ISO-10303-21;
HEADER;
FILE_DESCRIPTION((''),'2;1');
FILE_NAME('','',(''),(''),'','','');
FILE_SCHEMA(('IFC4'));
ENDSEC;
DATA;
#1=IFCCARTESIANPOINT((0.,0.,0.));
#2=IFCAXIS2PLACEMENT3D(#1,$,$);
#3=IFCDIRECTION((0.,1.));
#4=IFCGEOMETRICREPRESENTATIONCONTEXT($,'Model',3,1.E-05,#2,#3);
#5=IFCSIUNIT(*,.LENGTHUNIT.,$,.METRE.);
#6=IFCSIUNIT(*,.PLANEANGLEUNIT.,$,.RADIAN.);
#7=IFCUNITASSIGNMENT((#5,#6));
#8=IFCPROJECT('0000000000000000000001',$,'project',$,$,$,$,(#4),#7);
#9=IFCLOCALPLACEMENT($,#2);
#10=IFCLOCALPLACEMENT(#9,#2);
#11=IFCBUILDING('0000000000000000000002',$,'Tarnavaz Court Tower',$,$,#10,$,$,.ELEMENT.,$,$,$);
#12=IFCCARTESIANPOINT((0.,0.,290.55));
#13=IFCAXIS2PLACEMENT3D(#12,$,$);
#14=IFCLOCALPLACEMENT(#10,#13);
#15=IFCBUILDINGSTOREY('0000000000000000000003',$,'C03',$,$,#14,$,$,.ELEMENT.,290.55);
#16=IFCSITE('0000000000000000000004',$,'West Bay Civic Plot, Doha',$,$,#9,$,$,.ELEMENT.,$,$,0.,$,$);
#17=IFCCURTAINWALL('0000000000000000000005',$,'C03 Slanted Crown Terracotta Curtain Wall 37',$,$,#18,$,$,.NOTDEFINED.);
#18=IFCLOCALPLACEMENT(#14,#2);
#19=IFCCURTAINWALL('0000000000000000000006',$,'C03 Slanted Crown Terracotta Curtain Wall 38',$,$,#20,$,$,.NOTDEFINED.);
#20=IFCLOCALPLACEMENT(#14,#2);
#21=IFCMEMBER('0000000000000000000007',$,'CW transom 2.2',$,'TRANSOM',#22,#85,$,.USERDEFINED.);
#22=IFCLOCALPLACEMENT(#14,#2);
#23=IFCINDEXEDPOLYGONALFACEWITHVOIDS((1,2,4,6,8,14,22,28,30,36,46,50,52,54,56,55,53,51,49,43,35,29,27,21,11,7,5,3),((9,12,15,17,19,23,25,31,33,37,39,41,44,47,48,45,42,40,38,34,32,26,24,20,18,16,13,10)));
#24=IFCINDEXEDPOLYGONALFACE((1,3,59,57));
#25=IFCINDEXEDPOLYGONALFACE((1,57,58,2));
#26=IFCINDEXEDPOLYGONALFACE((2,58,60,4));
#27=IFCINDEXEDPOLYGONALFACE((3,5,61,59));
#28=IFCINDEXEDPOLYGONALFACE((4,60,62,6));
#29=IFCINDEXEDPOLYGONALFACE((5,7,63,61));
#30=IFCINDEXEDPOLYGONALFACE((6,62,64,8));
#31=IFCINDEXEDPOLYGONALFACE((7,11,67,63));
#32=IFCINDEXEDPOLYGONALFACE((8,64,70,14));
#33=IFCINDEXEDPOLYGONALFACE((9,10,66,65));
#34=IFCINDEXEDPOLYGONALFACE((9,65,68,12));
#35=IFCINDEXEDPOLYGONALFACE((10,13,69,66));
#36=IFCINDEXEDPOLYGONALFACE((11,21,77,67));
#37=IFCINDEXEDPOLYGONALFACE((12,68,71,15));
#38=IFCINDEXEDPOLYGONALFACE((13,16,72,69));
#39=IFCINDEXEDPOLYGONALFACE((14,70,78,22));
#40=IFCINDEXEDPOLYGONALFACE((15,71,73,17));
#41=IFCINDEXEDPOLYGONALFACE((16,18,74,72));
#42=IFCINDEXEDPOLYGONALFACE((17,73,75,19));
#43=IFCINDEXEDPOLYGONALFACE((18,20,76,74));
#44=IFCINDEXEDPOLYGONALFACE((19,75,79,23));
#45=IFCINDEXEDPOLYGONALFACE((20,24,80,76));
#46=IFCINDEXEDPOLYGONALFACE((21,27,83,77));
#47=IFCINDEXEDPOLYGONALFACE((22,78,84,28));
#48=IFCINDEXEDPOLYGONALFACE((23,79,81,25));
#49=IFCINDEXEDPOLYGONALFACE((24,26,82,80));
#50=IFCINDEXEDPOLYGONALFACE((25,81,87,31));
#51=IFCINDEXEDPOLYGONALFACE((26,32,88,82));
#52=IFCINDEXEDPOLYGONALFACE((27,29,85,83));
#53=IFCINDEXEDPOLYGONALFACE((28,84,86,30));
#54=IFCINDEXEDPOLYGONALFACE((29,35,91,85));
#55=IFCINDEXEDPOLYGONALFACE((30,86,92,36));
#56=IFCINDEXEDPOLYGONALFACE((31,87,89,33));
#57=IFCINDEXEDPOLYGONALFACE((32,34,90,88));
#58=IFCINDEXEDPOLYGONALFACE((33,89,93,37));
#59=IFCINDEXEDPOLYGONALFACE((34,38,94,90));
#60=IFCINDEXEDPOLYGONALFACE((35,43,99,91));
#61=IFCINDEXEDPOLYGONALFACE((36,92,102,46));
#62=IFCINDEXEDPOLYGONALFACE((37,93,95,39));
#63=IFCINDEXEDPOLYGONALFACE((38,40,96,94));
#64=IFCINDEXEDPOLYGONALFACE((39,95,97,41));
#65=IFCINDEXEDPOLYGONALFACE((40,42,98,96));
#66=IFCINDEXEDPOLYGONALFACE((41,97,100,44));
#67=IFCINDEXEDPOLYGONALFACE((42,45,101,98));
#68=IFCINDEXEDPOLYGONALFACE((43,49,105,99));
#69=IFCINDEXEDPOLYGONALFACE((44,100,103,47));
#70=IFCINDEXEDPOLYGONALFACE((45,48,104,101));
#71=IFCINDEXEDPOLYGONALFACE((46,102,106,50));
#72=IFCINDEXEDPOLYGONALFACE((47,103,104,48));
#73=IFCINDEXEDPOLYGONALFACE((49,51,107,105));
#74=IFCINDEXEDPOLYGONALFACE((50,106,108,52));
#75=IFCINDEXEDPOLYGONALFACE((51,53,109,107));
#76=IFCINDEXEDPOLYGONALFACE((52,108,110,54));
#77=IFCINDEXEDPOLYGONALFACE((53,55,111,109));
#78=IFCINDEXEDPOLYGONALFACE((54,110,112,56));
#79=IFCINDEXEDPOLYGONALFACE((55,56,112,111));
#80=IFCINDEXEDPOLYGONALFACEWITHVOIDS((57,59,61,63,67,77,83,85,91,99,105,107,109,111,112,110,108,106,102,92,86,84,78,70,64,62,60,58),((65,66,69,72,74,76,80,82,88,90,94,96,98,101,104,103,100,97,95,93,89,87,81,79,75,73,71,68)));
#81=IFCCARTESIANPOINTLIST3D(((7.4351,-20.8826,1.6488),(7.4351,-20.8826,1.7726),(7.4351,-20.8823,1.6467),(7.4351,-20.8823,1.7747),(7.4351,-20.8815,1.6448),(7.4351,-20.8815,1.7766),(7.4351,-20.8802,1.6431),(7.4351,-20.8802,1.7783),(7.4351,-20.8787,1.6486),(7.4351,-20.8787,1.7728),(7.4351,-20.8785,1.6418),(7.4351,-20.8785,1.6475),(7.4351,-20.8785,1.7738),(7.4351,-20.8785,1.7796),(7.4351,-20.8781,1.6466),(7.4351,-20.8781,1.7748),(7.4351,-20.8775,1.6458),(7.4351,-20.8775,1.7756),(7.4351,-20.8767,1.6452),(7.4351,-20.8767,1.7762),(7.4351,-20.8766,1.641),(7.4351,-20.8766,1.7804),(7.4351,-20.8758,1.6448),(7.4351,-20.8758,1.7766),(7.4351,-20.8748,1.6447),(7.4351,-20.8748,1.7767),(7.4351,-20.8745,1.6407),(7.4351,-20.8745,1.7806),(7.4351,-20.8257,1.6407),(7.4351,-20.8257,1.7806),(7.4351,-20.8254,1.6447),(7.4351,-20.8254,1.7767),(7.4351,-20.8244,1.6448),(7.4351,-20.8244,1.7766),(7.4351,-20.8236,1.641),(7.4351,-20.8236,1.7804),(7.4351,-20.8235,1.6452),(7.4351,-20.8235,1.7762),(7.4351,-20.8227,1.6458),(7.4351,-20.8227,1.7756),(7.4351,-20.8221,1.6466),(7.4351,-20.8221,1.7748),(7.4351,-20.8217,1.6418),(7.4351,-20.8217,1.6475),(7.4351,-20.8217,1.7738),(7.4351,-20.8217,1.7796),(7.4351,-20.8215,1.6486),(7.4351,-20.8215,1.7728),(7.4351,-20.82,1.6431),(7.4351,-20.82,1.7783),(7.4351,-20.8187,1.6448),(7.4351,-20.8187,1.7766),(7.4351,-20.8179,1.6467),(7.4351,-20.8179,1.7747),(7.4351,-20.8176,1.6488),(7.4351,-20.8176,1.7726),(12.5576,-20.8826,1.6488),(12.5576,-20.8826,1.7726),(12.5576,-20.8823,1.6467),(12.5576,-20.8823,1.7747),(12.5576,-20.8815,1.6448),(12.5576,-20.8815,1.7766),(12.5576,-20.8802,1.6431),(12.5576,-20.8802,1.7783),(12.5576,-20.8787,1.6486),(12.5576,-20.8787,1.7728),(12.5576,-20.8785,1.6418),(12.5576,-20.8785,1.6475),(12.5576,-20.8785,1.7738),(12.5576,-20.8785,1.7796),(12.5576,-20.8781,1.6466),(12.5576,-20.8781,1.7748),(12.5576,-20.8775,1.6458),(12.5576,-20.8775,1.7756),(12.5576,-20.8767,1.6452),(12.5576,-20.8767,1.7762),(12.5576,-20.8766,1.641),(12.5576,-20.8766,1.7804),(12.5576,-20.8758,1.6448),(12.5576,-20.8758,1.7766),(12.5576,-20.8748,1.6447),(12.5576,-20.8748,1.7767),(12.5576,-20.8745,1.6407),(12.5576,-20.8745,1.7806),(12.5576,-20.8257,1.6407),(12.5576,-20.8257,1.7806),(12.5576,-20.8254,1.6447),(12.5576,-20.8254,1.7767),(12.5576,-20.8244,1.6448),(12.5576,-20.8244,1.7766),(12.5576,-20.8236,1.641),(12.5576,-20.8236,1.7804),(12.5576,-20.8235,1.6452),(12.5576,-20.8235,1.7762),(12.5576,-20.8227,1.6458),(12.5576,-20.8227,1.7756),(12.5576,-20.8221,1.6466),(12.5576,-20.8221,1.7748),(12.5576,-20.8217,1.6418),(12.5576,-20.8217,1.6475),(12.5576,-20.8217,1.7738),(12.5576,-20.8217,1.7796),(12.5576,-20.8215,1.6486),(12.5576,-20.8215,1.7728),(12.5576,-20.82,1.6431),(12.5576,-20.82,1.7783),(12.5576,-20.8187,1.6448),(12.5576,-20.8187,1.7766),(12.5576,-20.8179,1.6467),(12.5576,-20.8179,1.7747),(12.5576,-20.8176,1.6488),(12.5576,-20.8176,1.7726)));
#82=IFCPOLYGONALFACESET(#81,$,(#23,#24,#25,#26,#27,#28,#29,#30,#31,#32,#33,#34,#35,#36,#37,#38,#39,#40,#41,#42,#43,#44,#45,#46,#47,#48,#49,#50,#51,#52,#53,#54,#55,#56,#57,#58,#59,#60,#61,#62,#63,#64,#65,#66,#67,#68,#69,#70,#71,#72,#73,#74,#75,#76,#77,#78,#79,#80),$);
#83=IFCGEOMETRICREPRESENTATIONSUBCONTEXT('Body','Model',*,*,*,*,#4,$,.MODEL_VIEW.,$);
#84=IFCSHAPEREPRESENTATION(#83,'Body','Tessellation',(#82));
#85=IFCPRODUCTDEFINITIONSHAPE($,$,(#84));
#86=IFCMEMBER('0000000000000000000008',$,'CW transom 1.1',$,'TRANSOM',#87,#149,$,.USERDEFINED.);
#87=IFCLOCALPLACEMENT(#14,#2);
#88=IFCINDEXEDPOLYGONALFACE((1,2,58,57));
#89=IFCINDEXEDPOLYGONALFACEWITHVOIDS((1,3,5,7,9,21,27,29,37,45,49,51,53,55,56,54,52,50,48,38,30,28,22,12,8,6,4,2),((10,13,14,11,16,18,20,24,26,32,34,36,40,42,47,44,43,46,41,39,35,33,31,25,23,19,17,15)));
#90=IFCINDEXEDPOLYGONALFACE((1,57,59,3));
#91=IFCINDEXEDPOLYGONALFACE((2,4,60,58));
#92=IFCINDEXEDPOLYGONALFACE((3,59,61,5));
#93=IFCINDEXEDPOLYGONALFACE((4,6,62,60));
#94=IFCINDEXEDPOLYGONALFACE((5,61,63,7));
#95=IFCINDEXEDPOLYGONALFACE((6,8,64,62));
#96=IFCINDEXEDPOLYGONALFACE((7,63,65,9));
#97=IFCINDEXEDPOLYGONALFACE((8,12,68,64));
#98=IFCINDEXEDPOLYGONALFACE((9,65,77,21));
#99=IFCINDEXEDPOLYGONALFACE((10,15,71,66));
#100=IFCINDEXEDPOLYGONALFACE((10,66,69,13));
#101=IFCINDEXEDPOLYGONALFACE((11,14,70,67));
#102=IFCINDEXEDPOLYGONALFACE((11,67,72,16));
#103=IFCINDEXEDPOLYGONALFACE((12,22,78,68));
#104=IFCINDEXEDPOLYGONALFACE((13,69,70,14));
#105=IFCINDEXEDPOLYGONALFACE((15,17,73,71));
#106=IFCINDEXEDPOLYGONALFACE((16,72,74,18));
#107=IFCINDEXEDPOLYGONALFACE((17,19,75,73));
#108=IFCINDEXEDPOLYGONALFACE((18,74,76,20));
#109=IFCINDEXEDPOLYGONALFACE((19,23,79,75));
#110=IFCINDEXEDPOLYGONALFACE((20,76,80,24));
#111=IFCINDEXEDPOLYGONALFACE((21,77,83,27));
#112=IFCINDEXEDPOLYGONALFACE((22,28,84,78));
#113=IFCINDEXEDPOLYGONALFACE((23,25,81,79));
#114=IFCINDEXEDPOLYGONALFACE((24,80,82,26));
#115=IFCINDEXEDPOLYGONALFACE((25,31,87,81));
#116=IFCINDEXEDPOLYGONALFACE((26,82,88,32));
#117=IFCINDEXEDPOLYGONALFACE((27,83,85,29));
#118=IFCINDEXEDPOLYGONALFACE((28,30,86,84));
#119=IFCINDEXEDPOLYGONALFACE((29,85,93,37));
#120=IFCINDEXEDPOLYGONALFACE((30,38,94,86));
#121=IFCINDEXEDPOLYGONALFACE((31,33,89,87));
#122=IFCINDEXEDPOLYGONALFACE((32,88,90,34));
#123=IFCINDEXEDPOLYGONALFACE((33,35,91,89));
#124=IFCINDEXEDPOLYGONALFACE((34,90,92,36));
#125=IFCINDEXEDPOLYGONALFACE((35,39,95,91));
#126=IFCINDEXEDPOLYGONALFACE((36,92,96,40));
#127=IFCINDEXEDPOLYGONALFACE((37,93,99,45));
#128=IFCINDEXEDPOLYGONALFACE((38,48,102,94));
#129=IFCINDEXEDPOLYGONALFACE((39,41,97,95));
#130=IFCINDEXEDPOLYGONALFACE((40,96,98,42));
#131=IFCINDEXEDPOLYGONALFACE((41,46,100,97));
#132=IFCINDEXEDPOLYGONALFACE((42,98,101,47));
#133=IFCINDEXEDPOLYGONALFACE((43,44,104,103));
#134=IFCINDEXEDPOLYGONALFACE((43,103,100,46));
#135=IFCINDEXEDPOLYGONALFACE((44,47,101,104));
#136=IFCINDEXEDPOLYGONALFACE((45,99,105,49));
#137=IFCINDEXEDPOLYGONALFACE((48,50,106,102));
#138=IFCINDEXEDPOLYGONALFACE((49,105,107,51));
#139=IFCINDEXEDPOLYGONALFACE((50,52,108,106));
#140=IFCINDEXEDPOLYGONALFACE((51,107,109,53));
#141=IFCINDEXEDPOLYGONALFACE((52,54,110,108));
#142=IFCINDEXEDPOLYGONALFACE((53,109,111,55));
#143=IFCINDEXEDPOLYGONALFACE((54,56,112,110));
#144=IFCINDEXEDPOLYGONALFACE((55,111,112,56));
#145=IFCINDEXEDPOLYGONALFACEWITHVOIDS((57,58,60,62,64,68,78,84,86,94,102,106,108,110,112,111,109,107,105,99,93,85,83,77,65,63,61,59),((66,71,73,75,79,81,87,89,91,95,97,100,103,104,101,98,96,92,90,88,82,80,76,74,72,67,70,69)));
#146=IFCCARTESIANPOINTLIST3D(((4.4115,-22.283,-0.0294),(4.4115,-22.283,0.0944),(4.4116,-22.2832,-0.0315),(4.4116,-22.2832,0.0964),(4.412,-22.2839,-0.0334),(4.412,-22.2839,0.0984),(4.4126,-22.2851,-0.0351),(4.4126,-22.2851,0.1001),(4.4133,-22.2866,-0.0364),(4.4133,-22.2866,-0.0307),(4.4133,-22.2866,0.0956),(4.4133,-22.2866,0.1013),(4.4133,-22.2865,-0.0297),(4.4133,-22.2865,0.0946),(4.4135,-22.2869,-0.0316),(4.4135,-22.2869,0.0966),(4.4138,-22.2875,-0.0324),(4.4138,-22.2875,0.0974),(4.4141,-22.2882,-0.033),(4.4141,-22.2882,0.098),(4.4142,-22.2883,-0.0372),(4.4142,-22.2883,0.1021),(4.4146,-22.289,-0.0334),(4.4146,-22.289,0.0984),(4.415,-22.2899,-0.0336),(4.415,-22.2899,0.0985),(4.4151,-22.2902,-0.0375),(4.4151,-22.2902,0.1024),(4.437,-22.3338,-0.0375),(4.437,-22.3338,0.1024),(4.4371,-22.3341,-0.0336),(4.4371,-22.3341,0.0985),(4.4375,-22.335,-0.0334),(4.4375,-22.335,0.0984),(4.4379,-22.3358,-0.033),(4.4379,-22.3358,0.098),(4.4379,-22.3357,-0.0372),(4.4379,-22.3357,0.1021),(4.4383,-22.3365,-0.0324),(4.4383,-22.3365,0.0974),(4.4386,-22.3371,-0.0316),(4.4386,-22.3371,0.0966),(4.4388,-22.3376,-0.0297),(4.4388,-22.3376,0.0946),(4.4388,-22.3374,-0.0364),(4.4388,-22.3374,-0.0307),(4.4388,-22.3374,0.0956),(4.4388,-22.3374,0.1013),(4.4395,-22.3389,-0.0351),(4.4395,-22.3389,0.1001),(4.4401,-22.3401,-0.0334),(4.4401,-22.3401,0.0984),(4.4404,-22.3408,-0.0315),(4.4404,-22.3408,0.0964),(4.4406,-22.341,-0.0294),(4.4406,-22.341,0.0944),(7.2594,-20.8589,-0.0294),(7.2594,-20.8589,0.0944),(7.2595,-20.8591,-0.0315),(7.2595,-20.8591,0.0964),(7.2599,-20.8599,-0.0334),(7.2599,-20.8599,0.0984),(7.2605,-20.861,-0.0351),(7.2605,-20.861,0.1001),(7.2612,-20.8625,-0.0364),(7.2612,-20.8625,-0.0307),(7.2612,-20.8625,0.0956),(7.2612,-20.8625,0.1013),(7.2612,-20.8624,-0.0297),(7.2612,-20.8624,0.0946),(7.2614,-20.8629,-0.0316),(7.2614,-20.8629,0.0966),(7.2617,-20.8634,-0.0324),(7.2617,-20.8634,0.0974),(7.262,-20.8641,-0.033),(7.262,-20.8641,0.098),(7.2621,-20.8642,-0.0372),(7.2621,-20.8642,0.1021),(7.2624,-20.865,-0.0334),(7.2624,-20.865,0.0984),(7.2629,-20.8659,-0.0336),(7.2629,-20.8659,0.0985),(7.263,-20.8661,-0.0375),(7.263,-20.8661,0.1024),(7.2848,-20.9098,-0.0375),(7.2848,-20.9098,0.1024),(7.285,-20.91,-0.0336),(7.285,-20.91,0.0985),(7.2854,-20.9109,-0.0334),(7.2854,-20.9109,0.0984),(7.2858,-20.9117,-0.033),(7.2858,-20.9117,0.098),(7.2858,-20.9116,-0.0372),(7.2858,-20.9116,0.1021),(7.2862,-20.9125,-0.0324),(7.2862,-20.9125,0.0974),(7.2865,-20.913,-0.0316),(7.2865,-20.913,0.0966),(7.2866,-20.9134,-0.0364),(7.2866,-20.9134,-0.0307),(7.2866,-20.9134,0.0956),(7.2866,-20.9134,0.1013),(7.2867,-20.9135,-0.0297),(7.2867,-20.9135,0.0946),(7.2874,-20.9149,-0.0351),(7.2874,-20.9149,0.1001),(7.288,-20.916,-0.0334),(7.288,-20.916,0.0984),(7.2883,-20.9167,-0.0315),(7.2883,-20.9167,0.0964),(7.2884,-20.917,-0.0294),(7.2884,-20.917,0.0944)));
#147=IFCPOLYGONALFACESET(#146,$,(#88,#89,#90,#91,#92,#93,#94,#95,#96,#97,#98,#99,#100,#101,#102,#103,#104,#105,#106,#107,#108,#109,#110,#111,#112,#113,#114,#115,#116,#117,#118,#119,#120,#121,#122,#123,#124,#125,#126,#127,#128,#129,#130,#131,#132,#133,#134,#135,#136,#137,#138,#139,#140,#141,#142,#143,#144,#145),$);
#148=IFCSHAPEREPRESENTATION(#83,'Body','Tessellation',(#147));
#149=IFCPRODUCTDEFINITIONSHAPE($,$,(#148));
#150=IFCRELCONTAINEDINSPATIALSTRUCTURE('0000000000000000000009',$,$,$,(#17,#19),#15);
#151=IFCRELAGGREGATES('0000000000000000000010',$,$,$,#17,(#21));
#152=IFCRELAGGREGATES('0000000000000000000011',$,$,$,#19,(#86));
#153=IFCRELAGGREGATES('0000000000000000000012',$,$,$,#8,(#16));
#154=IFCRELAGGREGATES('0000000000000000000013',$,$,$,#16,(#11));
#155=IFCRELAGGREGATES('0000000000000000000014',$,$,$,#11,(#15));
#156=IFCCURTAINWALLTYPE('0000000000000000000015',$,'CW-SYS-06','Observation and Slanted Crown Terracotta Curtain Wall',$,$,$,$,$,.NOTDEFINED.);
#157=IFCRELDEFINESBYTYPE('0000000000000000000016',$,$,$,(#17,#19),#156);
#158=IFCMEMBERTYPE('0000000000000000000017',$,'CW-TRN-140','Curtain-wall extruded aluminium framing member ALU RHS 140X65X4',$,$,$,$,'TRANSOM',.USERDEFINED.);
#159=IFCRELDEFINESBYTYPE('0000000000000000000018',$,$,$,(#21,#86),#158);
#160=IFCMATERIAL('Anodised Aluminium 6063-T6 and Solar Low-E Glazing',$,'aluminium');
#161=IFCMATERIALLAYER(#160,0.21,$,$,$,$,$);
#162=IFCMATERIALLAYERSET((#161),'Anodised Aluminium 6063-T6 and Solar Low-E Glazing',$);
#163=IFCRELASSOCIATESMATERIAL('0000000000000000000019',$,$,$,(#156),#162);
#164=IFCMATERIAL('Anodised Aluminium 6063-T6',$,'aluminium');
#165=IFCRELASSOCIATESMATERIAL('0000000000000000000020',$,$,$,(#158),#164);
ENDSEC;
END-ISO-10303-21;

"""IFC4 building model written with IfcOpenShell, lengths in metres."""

from ifc_helpers import new_model, si_unit, direction, frame, origin, origin_2d, place, context, subcontext, project, spatial, hollow_rectangle, extrude, material, layer, layer_set, material_profile, profile_set, type_object, element, aggregate, save


model = new_model("IFC4")

# Units and contexts
model_context = context("Model", 3, precision=1e-05, world=origin(), true_north=direction((0.0, 1.0)))
body_context = subcontext(model_context, "Body", "Model", "MODEL_VIEW")
ifc_project = project(units=[si_unit("LENGTHUNIT", "METRE"), si_unit("PLANEANGLEUNIT", "RADIAN")], contexts=[model_context])

# Site, building, storey
site_placement = place(None, origin())
site = spatial("IfcSite", under=ifc_project, at=site_placement, Name="West Bay Civic Plot, Doha", CompositionType="ELEMENT", RefElevation=0.0)
building_placement = place(site_placement, origin())
building = spatial("IfcBuilding", under=site, at=building_placement, Name="Tarnavaz Court Tower", CompositionType="ELEMENT")
storey_placement = place(building_placement, frame((0.0, 0.0, 290.55)))
storey = spatial("IfcBuildingStorey", under=building, at=storey_placement, Name="C03", CompositionType="ELEMENT", Elevation=290.55)

# Shared definitions
ifc_material_1 = material(Name="Anodised Aluminium 6063-T6 and Solar Low-E Glazing", Category="aluminium")
ifc_layer_1 = layer(ifc_material_1, 0.21)
ifc_layer_set_1 = layer_set([ifc_layer_1], Name="Anodised Aluminium 6063-T6 and Solar Low-E Glazing")
curtain_wall_type = type_object("IfcCurtainWallType", Name="CW-SYS-06", Description="Observation and Slanted Crown Terracotta Curtain Wall", PredefinedType="NOTDEFINED", material=ifc_layer_set_1)
ifc_material_2 = material(Name="Anodised Aluminium 6063-T6", Category="aluminium")

# Curtain walls
curtain_wall_1_placement = place(storey_placement, origin())
curtain_wall_1 = element("IfcCurtainWall", 1, at=curtain_wall_1_placement, inside=storey, type_object=curtain_wall_type, Name="C03 Slanted Crown Terracotta Curtain Wall 37", PredefinedType="NOTDEFINED")
curtain_wall_2_placement = place(storey_placement, origin())
curtain_wall_2 = element("IfcCurtainWall", 2, at=curtain_wall_2_placement, inside=storey, type_object=curtain_wall_type, Name="C03 Slanted Crown Terracotta Curtain Wall 38", PredefinedType="NOTDEFINED")

# Members
ifc_material_profile_1 = material_profile(ifc_material_2, hollow_rectangle(XDim=0.0649, YDim=0.1399, WallThickness=0.0039, InnerFilletRadius=0.0039, OuterFilletRadius=0.0081, at=origin_2d()), Name="ALU RHS 140X65X4")
ifc_profile_set_1 = profile_set([ifc_material_profile_1], Name="Anodised Aluminium 6063-T6")
member_type_1 = type_object("IfcMemberType", Name="CW-TRN-140", Description="Curtain-wall extruded aluminium framing member ALU RHS 140X65X4", ElementType="TRANSOM", PredefinedType="USERDEFINED", material=ifc_profile_set_1)
member_1_placement = place(storey_placement, frame((12.5576, -20.8501, 1.7107), z_axis=(-1.0, 0.0, 0.0), x_axis=(0.0, -1.0, 0.0)))
member_1 = element("IfcMember", 3, at=member_1_placement, type_object=member_type_1, Name="CW transom 2.2", ObjectType="TRANSOM", PredefinedType="USERDEFINED", context=body_context, shape_type="SweptSolid", body=[
    extrude(hollow_rectangle(XDim=0.0649, YDim=0.1399, WallThickness=0.0039, InnerFilletRadius=0.0039, OuterFilletRadius=0.0081, at=origin_2d()), origin(), (0.0, 0.0, 1.0), 5.1226),
])
member_2_placement = place(storey_placement, frame((7.2739, -20.8879, 0.0325), z_axis=(-0.894412, -0.447244, 0.0), x_axis=(0.447244, -0.894412, 0.0)))
member_2 = element("IfcMember", 4, at=member_2_placement, type_object=member_type_1, Name="CW transom 1.1", ObjectType="TRANSOM", PredefinedType="USERDEFINED", context=body_context, shape_type="SweptSolid", body=[
    extrude(hollow_rectangle(XDim=0.0649, YDim=0.1399, WallThickness=0.0039, InnerFilletRadius=0.0039, OuterFilletRadius=0.0081, at=origin_2d()), origin(), (0.0, 0.0, 1.0), 3.1841),
])

aggregate(curtain_wall_1, [member_1])
aggregate(curtain_wall_2, [member_2])

save(model, "model.ifc")
